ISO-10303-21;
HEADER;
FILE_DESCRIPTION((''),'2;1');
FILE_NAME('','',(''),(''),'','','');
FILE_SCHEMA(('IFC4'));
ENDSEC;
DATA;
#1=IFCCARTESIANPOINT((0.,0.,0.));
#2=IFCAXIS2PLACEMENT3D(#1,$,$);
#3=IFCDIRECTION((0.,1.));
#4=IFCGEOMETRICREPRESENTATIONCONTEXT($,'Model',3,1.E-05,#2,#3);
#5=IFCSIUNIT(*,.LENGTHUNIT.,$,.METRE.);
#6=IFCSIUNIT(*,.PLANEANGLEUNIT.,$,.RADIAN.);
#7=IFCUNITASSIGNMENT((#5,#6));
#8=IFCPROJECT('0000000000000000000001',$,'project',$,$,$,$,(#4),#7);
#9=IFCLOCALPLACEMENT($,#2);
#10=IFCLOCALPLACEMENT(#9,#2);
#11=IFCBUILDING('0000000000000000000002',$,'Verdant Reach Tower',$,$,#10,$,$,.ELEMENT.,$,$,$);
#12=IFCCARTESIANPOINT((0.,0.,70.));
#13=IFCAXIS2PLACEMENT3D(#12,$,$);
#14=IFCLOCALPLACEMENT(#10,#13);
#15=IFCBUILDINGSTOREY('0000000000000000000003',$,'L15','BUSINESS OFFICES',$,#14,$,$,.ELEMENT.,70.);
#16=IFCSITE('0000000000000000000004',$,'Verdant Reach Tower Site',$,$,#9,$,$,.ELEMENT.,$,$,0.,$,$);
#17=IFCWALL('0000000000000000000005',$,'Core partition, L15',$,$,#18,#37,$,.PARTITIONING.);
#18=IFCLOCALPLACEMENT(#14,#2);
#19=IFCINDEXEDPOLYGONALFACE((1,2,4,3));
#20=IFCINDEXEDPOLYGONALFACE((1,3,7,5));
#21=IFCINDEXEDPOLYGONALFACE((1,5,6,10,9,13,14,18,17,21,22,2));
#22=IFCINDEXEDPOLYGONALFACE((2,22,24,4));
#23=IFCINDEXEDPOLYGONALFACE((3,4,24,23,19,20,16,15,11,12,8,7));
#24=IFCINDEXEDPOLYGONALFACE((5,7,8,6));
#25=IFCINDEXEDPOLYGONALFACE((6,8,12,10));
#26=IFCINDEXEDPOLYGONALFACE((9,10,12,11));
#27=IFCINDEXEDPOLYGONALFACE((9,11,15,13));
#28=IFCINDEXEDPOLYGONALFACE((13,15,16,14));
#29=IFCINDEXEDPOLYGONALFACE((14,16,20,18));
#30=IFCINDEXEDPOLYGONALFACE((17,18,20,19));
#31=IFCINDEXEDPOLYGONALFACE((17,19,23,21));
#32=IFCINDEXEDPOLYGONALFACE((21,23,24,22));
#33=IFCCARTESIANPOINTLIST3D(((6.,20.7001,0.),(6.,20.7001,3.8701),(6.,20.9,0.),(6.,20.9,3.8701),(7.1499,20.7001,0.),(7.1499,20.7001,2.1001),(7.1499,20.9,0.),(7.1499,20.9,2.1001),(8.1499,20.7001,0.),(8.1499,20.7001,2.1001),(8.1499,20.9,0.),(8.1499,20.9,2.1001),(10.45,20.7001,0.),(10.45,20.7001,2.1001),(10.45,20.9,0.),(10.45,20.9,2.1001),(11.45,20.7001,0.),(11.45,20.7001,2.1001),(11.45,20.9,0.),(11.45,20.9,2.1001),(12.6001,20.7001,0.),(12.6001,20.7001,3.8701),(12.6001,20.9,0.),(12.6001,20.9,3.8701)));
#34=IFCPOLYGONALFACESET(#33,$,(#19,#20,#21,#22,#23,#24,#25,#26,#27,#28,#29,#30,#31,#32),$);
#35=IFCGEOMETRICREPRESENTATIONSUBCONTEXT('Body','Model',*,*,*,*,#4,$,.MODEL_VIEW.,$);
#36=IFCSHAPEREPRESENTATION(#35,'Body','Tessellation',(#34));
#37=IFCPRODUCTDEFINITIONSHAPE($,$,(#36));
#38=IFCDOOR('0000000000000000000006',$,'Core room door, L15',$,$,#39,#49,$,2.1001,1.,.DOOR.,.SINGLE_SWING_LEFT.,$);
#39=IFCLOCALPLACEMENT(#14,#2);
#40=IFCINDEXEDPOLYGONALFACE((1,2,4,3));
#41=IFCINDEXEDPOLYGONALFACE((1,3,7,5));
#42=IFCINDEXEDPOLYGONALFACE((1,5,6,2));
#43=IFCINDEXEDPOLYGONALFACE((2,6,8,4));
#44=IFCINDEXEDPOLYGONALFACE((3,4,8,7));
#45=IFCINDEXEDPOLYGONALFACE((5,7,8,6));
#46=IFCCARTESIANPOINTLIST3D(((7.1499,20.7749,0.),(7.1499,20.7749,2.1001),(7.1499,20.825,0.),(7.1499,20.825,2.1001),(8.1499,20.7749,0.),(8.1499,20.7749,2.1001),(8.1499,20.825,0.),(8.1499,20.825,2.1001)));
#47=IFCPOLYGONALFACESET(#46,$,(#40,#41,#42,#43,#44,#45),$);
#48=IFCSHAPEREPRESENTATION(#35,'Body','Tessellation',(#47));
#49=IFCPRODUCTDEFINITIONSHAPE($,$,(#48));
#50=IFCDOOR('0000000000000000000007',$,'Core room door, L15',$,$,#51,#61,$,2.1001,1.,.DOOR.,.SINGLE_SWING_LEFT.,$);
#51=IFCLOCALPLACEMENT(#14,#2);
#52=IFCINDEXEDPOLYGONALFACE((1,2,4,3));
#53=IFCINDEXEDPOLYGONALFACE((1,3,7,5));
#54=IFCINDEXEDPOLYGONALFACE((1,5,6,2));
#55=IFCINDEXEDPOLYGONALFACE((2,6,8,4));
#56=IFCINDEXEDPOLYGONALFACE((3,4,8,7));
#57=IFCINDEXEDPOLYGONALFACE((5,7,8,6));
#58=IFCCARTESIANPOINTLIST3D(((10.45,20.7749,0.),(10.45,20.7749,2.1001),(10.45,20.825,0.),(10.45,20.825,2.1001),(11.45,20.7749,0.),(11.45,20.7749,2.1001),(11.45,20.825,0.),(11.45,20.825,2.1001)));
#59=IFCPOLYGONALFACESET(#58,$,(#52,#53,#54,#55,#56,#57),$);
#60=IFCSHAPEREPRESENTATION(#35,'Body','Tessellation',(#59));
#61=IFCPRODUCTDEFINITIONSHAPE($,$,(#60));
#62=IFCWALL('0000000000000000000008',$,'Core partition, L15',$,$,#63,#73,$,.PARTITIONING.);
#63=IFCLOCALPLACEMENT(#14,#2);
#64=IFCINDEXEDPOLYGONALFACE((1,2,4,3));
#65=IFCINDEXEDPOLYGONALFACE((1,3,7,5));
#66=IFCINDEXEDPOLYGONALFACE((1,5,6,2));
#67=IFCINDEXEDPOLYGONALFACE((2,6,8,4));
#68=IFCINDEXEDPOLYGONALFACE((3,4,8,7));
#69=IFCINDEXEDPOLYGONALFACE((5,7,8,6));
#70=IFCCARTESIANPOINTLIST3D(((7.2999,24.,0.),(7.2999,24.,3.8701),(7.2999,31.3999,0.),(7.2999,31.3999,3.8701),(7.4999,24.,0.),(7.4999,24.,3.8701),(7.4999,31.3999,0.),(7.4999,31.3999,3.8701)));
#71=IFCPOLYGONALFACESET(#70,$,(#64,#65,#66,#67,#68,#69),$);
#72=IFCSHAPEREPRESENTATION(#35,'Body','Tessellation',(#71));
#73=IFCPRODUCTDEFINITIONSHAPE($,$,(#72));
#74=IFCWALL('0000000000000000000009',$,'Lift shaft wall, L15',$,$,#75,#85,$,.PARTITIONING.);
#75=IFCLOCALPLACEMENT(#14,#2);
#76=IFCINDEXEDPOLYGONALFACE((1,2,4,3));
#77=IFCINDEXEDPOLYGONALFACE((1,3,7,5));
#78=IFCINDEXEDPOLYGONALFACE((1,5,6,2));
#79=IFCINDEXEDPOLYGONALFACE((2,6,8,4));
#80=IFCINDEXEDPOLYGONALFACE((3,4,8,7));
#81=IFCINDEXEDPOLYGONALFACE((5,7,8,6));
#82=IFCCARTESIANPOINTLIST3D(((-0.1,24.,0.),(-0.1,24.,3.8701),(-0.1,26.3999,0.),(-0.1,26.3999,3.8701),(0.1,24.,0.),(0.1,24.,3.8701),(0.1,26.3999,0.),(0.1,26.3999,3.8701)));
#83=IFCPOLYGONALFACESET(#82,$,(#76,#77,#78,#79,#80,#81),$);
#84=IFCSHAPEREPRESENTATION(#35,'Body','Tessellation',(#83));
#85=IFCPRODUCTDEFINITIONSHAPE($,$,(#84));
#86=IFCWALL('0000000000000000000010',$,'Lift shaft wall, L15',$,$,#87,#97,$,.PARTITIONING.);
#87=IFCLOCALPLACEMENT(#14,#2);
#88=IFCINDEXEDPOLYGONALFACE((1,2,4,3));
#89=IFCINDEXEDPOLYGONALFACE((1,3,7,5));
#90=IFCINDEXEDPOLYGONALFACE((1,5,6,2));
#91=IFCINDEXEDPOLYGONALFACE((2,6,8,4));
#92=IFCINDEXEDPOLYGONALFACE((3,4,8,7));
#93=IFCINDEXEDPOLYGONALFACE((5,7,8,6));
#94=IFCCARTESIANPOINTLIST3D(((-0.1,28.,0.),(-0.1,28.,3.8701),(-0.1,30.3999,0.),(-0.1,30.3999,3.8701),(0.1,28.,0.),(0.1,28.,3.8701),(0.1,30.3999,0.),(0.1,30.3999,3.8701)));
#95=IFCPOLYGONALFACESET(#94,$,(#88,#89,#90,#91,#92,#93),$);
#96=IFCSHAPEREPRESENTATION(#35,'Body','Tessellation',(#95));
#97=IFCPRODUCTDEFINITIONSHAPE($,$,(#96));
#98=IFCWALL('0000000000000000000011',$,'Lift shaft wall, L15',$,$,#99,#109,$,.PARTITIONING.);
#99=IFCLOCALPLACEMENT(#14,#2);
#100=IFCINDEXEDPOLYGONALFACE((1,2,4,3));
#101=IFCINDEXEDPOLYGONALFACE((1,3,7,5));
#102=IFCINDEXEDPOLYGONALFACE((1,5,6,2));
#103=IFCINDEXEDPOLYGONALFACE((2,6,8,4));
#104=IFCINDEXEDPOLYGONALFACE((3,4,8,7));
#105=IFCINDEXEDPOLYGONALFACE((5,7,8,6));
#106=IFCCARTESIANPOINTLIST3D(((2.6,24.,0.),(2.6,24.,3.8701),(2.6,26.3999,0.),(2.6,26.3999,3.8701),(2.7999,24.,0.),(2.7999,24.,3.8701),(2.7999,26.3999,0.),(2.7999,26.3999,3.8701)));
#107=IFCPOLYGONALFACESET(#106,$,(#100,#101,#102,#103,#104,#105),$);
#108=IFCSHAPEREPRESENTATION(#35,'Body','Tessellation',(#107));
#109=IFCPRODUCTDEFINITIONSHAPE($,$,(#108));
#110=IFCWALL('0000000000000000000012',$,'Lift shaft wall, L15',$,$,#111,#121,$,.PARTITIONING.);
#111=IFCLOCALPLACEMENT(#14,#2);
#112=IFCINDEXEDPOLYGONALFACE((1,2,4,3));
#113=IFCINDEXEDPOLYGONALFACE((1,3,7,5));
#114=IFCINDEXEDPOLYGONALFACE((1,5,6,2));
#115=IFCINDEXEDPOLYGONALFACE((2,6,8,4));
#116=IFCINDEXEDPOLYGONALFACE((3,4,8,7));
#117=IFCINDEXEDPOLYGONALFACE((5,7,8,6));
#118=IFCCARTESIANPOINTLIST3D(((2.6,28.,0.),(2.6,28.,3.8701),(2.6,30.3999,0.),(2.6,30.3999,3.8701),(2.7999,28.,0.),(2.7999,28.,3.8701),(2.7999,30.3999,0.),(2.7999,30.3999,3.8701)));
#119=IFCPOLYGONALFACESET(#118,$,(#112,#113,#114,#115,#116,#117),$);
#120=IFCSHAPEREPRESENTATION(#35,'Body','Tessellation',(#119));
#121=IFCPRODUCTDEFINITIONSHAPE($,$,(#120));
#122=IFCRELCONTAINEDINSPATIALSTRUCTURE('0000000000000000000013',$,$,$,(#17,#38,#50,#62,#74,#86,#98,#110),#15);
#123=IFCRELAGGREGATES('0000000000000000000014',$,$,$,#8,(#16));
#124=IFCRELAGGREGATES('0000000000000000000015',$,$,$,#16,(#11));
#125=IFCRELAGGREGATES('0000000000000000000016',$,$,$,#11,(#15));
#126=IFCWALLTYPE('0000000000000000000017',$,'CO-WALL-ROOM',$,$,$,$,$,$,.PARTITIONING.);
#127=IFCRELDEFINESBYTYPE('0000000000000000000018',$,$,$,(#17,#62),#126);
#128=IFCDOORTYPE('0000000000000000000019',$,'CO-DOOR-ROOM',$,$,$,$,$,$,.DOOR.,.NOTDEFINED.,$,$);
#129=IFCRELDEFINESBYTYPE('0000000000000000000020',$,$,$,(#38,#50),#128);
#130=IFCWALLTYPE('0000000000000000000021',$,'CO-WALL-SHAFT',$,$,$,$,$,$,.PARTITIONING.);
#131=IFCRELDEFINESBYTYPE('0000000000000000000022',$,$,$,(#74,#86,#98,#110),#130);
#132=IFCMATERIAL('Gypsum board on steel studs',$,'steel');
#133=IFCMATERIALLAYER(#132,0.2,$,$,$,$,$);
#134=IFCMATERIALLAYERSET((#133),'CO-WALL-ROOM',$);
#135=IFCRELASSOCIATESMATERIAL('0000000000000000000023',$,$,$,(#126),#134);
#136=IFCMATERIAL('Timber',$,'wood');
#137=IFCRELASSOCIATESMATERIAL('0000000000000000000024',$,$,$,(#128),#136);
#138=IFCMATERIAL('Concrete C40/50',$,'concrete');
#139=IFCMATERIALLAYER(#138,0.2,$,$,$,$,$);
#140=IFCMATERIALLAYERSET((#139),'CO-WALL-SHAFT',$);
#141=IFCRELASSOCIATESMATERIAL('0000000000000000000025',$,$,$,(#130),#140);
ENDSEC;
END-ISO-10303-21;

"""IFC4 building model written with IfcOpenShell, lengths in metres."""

from ifc_helpers import new_model, si_unit, direction, frame, frame_2d, origin, place, context, subcontext, project, spatial, rectangle, extrude, material, layer, layer_set, type_object, element, fill, save


model = new_model("IFC4")

# Units and contexts
model_context = context("Model", 3, precision=1e-05, world=origin(), true_north=direction((0.0, 1.0)))
body_context = subcontext(model_context, "Body", "Model", "MODEL_VIEW")
ifc_project = project(units=[si_unit("LENGTHUNIT", "METRE"), si_unit("PLANEANGLEUNIT", "RADIAN")], contexts=[model_context])

# Site, building, storey
site_placement = place(None, origin())
site = spatial("IfcSite", under=ifc_project, at=site_placement, Name="Verdant Reach Tower Site", CompositionType="ELEMENT", RefElevation=0.0)
building_placement = place(site_placement, origin())
building = spatial("IfcBuilding", under=site, at=building_placement, Name="Verdant Reach Tower", CompositionType="ELEMENT")
storey_placement = place(building_placement, frame((0.0, 0.0, 70.0)))
storey = spatial("IfcBuildingStorey", under=building, at=storey_placement, Name="L15", Description="BUSINESS OFFICES", CompositionType="ELEMENT", Elevation=70.0)

# Wall, openings, doors
ifc_material_1 = material(Name="Gypsum board on steel studs", Category="steel")
ifc_layer_1 = layer(ifc_material_1, 0.2)
ifc_layer_set_1 = layer_set([ifc_layer_1], Name="CO-WALL-ROOM")
wall_type_1 = type_object("IfcWallType", Name="CO-WALL-ROOM", PredefinedType="PARTITIONING", material=ifc_layer_set_1)
wall_1_placement = place(storey_placement, frame((6.0, 20.8, 0.0), z_axis=(0.0, 0.0, 1.0), x_axis=(1.0, 0.0, 0.0)))
wall_1 = element("IfcWall", 1, at=wall_1_placement, inside=storey, type_object=wall_type_1, Name="Core partition, L15", PredefinedType="PARTITIONING", context=body_context, shape_type="SweptSolid", body=[
    extrude(rectangle(XDim=6.6001, YDim=0.2, at=frame_2d((3.3, 0.0))), origin(), (0.0, 0.0, 1.0), 3.8701),
])
opening_1_placement = place(wall_1_placement, frame((1.1499, 0.0, 0.0)))
opening_1 = element("IfcOpeningElement", 2, at=opening_1_placement, cuts=wall_1, PredefinedType="OPENING", context=body_context, shape_type="SweptSolid", body=[
    extrude(rectangle(XDim=1.0, YDim=2.1001, at=frame_2d((0.5, 1.05))), frame((0.0, 0.1099, 0.0), z_axis=(0.0, -1.0, 0.0), x_axis=(1.0, 0.0, 0.0)), (0.0, 0.0, 1.0), 0.22),
])
opening_2_placement = place(wall_1_placement, frame((4.45, 0.0, 0.0)))
opening_2 = element("IfcOpeningElement", 3, at=opening_2_placement, cuts=wall_1, PredefinedType="OPENING", context=body_context, shape_type="SweptSolid", body=[
    extrude(rectangle(XDim=1.0, YDim=2.1001, at=frame_2d((0.5, 1.05))), frame((0.0, 0.1099, 0.0), z_axis=(0.0, -1.0, 0.0), x_axis=(1.0, 0.0, 0.0)), (0.0, 0.0, 1.0), 0.22),
])
ifc_material_2 = material(Name="Timber", Category="wood")
door_type_1 = type_object("IfcDoorType", Name="CO-DOOR-ROOM", OperationType="NOTDEFINED", PredefinedType="DOOR", material=ifc_material_2)
door_1_placement = place(opening_1_placement, origin())
door_1 = element("IfcDoor", 4, at=door_1_placement, inside=storey, type_object=door_type_1, Name="Core room door, L15", OperationType="SINGLE_SWING_LEFT", OverallHeight=2.1001, OverallWidth=1.0, PredefinedType="DOOR", context=body_context, shape_type="SweptSolid", body=[
    extrude(rectangle(XDim=1.0, YDim=2.1001, at=frame_2d((0.5, 1.05))), frame((0.0, 0.0249, 0.0), z_axis=(0.0, -1.0, 0.0), x_axis=(1.0, 0.0, 0.0)), (0.0, 0.0, 1.0), 0.05),
])
fill(opening_1, door_1)
door_2_placement = place(opening_2_placement, origin())
door_2 = element("IfcDoor", 5, at=door_2_placement, inside=storey, type_object=door_type_1, Name="Core room door, L15", OperationType="SINGLE_SWING_LEFT", OverallHeight=2.1001, OverallWidth=1.0, PredefinedType="DOOR", context=body_context, shape_type="SweptSolid", body=[
    extrude(rectangle(XDim=1.0, YDim=2.1001, at=frame_2d((0.5, 1.05))), frame((0.0, 0.0249, 0.0), z_axis=(0.0, -1.0, 0.0), x_axis=(1.0, 0.0, 0.0)), (0.0, 0.0, 1.0), 0.05),
])
fill(opening_2, door_2)

# Walls
wall_2_placement = place(storey_placement, frame((7.3999, 24.0, 0.0), z_axis=(0.0, 0.0, 1.0), x_axis=(0.0, 1.0, 0.0)))
element("IfcWall", 6, at=wall_2_placement, inside=storey, type_object=wall_type_1, Name="Core partition, L15", PredefinedType="PARTITIONING", context=body_context, shape_type="SweptSolid", body=[
    extrude(rectangle(XDim=7.3999, YDim=0.2, at=frame_2d((3.7, 0.0))), origin(), (0.0, 0.0, 1.0), 3.8701),
])
ifc_material_3 = material(Name="Concrete C40/50", Category="concrete")
ifc_layer_2 = layer(ifc_material_3, 0.2)
ifc_layer_set_2 = layer_set([ifc_layer_2], Name="CO-WALL-SHAFT")
wall_type_2 = type_object("IfcWallType", Name="CO-WALL-SHAFT", PredefinedType="PARTITIONING", material=ifc_layer_set_2)
for number, where, z_axis, x_axis, name in (
    (7, (0.0, 24.0, 0.0), (0.0, 0.0, 1.0), (0.0, 1.0, 0.0), "Lift shaft wall, L15"),
    (8, (0.0, 28.0, 0.0), (0.0, 0.0, 1.0), (0.0, 1.0, 0.0), "Lift shaft wall, L15"),
    (9, (2.7, 24.0, 0.0), (0.0, 0.0, 1.0), (0.0, 1.0, 0.0), "Lift shaft wall, L15"),
    (10, (2.7, 28.0, 0.0), (0.0, 0.0, 1.0), (0.0, 1.0, 0.0), "Lift shaft wall, L15"),
):
    element("IfcWall", number, at=place(storey_placement, frame(where, z_axis=z_axis, x_axis=x_axis)), inside=storey, type_object=wall_type_2, Name=name, PredefinedType="PARTITIONING", context=body_context, shape_type="SweptSolid", body=[
        extrude(rectangle(XDim=2.3999, YDim=0.2, at=frame_2d((1.2, 0.0))), origin(), (0.0, 0.0, 1.0), 3.8701),
    ])

save(model, "model.ifc")
